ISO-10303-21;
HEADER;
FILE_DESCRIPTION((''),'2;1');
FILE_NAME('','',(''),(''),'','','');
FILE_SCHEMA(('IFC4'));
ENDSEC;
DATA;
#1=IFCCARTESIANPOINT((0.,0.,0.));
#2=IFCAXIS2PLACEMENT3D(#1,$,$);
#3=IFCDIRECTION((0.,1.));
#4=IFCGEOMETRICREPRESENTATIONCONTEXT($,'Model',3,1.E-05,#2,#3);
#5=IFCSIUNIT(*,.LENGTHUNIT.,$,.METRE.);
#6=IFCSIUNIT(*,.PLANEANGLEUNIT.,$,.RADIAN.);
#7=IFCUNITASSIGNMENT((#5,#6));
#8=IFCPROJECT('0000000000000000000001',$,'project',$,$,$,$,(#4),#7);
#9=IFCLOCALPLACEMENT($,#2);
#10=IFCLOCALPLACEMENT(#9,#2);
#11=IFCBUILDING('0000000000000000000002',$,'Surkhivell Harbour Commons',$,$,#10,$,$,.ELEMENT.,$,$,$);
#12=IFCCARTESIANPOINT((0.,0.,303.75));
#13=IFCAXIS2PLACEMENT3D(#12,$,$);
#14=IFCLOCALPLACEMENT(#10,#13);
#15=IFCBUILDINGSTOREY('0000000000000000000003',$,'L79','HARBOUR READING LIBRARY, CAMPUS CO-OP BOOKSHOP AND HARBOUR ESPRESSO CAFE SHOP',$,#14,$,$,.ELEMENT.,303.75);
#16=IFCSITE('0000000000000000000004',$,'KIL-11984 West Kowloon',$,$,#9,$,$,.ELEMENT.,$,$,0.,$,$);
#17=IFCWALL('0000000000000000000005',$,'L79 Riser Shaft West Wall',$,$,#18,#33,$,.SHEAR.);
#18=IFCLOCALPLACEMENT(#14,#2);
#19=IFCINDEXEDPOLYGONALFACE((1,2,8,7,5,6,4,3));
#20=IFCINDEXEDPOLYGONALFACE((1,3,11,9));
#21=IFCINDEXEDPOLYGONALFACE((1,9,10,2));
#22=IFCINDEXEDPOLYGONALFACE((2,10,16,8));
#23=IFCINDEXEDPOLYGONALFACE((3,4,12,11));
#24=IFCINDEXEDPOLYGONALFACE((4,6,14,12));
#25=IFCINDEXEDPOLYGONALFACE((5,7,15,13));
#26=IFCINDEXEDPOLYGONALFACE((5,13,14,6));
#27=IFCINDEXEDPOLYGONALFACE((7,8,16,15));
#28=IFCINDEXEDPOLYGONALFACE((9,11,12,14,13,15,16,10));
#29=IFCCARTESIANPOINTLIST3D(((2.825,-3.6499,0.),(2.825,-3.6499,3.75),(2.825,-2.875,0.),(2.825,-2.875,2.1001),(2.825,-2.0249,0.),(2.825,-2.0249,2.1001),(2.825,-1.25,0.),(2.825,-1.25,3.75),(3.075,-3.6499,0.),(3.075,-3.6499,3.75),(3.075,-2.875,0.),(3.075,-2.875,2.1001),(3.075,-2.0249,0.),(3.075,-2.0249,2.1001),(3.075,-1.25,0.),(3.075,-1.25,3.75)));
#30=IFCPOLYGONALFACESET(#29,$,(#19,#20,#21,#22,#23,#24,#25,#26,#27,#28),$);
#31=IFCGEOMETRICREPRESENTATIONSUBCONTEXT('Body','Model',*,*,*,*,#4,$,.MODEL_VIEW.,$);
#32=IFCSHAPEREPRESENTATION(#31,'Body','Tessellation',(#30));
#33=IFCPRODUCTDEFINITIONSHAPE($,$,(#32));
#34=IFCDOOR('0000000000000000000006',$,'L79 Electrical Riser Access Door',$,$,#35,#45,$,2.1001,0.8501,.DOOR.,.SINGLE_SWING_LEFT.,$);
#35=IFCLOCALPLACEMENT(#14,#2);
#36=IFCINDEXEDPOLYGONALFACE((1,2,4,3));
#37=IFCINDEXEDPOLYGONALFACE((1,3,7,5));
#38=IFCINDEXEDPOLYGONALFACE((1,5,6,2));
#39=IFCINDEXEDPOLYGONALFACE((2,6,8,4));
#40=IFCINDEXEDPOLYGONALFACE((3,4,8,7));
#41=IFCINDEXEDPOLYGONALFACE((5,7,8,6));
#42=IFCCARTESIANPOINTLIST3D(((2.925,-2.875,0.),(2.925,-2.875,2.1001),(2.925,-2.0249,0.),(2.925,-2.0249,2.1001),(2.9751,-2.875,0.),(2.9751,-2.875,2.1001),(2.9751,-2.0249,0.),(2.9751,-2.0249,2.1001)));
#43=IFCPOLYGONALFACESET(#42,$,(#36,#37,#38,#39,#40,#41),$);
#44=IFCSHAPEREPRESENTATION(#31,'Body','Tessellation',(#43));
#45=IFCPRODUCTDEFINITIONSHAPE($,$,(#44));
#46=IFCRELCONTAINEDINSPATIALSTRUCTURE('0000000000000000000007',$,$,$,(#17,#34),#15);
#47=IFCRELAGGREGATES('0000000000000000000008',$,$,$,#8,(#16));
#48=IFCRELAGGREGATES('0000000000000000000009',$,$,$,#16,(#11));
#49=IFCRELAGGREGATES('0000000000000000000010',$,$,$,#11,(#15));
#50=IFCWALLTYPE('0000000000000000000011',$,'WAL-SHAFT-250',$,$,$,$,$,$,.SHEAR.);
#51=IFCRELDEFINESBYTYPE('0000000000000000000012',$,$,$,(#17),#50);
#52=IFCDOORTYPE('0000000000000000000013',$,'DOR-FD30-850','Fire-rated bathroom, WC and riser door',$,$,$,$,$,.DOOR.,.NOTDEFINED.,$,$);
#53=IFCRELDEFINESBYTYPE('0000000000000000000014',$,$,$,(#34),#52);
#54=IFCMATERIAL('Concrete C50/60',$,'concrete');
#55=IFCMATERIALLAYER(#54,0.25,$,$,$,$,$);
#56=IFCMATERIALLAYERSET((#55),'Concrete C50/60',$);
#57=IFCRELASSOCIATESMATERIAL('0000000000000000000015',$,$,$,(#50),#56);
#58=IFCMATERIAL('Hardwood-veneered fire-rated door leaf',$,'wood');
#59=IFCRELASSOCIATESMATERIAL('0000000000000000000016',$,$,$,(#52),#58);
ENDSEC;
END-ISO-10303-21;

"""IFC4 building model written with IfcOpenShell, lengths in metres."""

from ifc_helpers import new_model, si_unit, direction, frame, frame_2d, origin, place, context, subcontext, project, spatial, rectangle, extrude, material, layer, layer_set, type_object, element, fill, save


model = new_model("IFC4")

# Units and contexts
model_context = context("Model", 3, precision=1e-05, world=origin(), true_north=direction((0.0, 1.0)))
body_context = subcontext(model_context, "Body", "Model", "MODEL_VIEW")
ifc_project = project(units=[si_unit("LENGTHUNIT", "METRE"), si_unit("PLANEANGLEUNIT", "RADIAN")], contexts=[model_context])

# Site, building, storey
site_placement = place(None, origin())
site = spatial("IfcSite", under=ifc_project, at=site_placement, Name="KIL-11984 West Kowloon", CompositionType="ELEMENT", RefElevation=0.0)
building_placement = place(site_placement, origin())
building = spatial("IfcBuilding", under=site, at=building_placement, Name="Surkhivell Harbour Commons", CompositionType="ELEMENT")
storey_placement = place(building_placement, frame((0.0, 0.0, 303.75)))
storey = spatial("IfcBuildingStorey", under=building, at=storey_placement, Name="L79", Description="HARBOUR READING LIBRARY, CAMPUS CO-OP BOOKSHOP AND HARBOUR ESPRESSO CAFE SHOP", CompositionType="ELEMENT", Elevation=303.75)

# Shared definitions
ifc_material_1 = material(Name="Concrete C50/60", Category="concrete")

# Shared definitions
ifc_material_2 = material(Name="Hardwood-veneered fire-rated door leaf", Category="wood")

# Shared definitions
ifc_layer_1 = layer(ifc_material_1, 0.25)
ifc_layer_set_1 = layer_set([ifc_layer_1], Name="Concrete C50/60")
wall_type_1 = type_object("IfcWallType", Name="WAL-SHAFT-250", PredefinedType="SHEAR", material=ifc_layer_set_1)

# Wall, opening, door
wall_1_placement = place(storey_placement, frame((2.95, -3.6499, 0.0), z_axis=(0.0, 0.0, 1.0), x_axis=(0.0, 1.0, 0.0)))
wall_1 = element("IfcWall", 1, at=wall_1_placement, inside=storey, type_object=wall_type_1, Name="L79 Riser Shaft West Wall", PredefinedType="SHEAR", context=body_context, shape_type="SweptSolid", body=[
    extrude(rectangle(XDim=2.3999, YDim=0.25, at=frame_2d((1.2, 0.0))), origin(), (0.0, 0.0, 1.0), 3.75),
])
opening_1_placement = place(wall_1_placement, frame((0.7749, 0.0, 0.0)))
opening_1 = element("IfcOpeningElement", 2, at=opening_1_placement, cuts=wall_1, PredefinedType="OPENING", context=body_context, shape_type="SweptSolid", body=[
    extrude(rectangle(XDim=0.8501, YDim=2.1001, at=frame_2d((0.425, 1.05))), frame((0.0, 0.135, 0.0), z_axis=(0.0, -1.0, 0.0), x_axis=(1.0, 0.0, 0.0)), (0.0, 0.0, 1.0), 0.27),
])
door_type_1 = type_object("IfcDoorType", Name="DOR-FD30-850", Description="Fire-rated bathroom, WC and riser door", OperationType="NOTDEFINED", PredefinedType="DOOR", material=ifc_material_2)
door_1_placement = place(opening_1_placement, origin())
door_1 = element("IfcDoor", 3, at=door_1_placement, inside=storey, type_object=door_type_1, Name="L79 Electrical Riser Access Door", OperationType="SINGLE_SWING_LEFT", OverallHeight=2.1001, OverallWidth=0.8501, PredefinedType="DOOR", context=body_context, shape_type="SweptSolid", body=[
    extrude(rectangle(XDim=0.8501, YDim=2.1001, at=frame_2d((0.425, 1.05))), frame((0.0, 0.0249, 0.0), z_axis=(0.0, -1.0, 0.0), x_axis=(1.0, 0.0, 0.0)), (0.0, 0.0, 1.0), 0.05),
])
fill(opening_1, door_1)

save(model, "model.ifc")
